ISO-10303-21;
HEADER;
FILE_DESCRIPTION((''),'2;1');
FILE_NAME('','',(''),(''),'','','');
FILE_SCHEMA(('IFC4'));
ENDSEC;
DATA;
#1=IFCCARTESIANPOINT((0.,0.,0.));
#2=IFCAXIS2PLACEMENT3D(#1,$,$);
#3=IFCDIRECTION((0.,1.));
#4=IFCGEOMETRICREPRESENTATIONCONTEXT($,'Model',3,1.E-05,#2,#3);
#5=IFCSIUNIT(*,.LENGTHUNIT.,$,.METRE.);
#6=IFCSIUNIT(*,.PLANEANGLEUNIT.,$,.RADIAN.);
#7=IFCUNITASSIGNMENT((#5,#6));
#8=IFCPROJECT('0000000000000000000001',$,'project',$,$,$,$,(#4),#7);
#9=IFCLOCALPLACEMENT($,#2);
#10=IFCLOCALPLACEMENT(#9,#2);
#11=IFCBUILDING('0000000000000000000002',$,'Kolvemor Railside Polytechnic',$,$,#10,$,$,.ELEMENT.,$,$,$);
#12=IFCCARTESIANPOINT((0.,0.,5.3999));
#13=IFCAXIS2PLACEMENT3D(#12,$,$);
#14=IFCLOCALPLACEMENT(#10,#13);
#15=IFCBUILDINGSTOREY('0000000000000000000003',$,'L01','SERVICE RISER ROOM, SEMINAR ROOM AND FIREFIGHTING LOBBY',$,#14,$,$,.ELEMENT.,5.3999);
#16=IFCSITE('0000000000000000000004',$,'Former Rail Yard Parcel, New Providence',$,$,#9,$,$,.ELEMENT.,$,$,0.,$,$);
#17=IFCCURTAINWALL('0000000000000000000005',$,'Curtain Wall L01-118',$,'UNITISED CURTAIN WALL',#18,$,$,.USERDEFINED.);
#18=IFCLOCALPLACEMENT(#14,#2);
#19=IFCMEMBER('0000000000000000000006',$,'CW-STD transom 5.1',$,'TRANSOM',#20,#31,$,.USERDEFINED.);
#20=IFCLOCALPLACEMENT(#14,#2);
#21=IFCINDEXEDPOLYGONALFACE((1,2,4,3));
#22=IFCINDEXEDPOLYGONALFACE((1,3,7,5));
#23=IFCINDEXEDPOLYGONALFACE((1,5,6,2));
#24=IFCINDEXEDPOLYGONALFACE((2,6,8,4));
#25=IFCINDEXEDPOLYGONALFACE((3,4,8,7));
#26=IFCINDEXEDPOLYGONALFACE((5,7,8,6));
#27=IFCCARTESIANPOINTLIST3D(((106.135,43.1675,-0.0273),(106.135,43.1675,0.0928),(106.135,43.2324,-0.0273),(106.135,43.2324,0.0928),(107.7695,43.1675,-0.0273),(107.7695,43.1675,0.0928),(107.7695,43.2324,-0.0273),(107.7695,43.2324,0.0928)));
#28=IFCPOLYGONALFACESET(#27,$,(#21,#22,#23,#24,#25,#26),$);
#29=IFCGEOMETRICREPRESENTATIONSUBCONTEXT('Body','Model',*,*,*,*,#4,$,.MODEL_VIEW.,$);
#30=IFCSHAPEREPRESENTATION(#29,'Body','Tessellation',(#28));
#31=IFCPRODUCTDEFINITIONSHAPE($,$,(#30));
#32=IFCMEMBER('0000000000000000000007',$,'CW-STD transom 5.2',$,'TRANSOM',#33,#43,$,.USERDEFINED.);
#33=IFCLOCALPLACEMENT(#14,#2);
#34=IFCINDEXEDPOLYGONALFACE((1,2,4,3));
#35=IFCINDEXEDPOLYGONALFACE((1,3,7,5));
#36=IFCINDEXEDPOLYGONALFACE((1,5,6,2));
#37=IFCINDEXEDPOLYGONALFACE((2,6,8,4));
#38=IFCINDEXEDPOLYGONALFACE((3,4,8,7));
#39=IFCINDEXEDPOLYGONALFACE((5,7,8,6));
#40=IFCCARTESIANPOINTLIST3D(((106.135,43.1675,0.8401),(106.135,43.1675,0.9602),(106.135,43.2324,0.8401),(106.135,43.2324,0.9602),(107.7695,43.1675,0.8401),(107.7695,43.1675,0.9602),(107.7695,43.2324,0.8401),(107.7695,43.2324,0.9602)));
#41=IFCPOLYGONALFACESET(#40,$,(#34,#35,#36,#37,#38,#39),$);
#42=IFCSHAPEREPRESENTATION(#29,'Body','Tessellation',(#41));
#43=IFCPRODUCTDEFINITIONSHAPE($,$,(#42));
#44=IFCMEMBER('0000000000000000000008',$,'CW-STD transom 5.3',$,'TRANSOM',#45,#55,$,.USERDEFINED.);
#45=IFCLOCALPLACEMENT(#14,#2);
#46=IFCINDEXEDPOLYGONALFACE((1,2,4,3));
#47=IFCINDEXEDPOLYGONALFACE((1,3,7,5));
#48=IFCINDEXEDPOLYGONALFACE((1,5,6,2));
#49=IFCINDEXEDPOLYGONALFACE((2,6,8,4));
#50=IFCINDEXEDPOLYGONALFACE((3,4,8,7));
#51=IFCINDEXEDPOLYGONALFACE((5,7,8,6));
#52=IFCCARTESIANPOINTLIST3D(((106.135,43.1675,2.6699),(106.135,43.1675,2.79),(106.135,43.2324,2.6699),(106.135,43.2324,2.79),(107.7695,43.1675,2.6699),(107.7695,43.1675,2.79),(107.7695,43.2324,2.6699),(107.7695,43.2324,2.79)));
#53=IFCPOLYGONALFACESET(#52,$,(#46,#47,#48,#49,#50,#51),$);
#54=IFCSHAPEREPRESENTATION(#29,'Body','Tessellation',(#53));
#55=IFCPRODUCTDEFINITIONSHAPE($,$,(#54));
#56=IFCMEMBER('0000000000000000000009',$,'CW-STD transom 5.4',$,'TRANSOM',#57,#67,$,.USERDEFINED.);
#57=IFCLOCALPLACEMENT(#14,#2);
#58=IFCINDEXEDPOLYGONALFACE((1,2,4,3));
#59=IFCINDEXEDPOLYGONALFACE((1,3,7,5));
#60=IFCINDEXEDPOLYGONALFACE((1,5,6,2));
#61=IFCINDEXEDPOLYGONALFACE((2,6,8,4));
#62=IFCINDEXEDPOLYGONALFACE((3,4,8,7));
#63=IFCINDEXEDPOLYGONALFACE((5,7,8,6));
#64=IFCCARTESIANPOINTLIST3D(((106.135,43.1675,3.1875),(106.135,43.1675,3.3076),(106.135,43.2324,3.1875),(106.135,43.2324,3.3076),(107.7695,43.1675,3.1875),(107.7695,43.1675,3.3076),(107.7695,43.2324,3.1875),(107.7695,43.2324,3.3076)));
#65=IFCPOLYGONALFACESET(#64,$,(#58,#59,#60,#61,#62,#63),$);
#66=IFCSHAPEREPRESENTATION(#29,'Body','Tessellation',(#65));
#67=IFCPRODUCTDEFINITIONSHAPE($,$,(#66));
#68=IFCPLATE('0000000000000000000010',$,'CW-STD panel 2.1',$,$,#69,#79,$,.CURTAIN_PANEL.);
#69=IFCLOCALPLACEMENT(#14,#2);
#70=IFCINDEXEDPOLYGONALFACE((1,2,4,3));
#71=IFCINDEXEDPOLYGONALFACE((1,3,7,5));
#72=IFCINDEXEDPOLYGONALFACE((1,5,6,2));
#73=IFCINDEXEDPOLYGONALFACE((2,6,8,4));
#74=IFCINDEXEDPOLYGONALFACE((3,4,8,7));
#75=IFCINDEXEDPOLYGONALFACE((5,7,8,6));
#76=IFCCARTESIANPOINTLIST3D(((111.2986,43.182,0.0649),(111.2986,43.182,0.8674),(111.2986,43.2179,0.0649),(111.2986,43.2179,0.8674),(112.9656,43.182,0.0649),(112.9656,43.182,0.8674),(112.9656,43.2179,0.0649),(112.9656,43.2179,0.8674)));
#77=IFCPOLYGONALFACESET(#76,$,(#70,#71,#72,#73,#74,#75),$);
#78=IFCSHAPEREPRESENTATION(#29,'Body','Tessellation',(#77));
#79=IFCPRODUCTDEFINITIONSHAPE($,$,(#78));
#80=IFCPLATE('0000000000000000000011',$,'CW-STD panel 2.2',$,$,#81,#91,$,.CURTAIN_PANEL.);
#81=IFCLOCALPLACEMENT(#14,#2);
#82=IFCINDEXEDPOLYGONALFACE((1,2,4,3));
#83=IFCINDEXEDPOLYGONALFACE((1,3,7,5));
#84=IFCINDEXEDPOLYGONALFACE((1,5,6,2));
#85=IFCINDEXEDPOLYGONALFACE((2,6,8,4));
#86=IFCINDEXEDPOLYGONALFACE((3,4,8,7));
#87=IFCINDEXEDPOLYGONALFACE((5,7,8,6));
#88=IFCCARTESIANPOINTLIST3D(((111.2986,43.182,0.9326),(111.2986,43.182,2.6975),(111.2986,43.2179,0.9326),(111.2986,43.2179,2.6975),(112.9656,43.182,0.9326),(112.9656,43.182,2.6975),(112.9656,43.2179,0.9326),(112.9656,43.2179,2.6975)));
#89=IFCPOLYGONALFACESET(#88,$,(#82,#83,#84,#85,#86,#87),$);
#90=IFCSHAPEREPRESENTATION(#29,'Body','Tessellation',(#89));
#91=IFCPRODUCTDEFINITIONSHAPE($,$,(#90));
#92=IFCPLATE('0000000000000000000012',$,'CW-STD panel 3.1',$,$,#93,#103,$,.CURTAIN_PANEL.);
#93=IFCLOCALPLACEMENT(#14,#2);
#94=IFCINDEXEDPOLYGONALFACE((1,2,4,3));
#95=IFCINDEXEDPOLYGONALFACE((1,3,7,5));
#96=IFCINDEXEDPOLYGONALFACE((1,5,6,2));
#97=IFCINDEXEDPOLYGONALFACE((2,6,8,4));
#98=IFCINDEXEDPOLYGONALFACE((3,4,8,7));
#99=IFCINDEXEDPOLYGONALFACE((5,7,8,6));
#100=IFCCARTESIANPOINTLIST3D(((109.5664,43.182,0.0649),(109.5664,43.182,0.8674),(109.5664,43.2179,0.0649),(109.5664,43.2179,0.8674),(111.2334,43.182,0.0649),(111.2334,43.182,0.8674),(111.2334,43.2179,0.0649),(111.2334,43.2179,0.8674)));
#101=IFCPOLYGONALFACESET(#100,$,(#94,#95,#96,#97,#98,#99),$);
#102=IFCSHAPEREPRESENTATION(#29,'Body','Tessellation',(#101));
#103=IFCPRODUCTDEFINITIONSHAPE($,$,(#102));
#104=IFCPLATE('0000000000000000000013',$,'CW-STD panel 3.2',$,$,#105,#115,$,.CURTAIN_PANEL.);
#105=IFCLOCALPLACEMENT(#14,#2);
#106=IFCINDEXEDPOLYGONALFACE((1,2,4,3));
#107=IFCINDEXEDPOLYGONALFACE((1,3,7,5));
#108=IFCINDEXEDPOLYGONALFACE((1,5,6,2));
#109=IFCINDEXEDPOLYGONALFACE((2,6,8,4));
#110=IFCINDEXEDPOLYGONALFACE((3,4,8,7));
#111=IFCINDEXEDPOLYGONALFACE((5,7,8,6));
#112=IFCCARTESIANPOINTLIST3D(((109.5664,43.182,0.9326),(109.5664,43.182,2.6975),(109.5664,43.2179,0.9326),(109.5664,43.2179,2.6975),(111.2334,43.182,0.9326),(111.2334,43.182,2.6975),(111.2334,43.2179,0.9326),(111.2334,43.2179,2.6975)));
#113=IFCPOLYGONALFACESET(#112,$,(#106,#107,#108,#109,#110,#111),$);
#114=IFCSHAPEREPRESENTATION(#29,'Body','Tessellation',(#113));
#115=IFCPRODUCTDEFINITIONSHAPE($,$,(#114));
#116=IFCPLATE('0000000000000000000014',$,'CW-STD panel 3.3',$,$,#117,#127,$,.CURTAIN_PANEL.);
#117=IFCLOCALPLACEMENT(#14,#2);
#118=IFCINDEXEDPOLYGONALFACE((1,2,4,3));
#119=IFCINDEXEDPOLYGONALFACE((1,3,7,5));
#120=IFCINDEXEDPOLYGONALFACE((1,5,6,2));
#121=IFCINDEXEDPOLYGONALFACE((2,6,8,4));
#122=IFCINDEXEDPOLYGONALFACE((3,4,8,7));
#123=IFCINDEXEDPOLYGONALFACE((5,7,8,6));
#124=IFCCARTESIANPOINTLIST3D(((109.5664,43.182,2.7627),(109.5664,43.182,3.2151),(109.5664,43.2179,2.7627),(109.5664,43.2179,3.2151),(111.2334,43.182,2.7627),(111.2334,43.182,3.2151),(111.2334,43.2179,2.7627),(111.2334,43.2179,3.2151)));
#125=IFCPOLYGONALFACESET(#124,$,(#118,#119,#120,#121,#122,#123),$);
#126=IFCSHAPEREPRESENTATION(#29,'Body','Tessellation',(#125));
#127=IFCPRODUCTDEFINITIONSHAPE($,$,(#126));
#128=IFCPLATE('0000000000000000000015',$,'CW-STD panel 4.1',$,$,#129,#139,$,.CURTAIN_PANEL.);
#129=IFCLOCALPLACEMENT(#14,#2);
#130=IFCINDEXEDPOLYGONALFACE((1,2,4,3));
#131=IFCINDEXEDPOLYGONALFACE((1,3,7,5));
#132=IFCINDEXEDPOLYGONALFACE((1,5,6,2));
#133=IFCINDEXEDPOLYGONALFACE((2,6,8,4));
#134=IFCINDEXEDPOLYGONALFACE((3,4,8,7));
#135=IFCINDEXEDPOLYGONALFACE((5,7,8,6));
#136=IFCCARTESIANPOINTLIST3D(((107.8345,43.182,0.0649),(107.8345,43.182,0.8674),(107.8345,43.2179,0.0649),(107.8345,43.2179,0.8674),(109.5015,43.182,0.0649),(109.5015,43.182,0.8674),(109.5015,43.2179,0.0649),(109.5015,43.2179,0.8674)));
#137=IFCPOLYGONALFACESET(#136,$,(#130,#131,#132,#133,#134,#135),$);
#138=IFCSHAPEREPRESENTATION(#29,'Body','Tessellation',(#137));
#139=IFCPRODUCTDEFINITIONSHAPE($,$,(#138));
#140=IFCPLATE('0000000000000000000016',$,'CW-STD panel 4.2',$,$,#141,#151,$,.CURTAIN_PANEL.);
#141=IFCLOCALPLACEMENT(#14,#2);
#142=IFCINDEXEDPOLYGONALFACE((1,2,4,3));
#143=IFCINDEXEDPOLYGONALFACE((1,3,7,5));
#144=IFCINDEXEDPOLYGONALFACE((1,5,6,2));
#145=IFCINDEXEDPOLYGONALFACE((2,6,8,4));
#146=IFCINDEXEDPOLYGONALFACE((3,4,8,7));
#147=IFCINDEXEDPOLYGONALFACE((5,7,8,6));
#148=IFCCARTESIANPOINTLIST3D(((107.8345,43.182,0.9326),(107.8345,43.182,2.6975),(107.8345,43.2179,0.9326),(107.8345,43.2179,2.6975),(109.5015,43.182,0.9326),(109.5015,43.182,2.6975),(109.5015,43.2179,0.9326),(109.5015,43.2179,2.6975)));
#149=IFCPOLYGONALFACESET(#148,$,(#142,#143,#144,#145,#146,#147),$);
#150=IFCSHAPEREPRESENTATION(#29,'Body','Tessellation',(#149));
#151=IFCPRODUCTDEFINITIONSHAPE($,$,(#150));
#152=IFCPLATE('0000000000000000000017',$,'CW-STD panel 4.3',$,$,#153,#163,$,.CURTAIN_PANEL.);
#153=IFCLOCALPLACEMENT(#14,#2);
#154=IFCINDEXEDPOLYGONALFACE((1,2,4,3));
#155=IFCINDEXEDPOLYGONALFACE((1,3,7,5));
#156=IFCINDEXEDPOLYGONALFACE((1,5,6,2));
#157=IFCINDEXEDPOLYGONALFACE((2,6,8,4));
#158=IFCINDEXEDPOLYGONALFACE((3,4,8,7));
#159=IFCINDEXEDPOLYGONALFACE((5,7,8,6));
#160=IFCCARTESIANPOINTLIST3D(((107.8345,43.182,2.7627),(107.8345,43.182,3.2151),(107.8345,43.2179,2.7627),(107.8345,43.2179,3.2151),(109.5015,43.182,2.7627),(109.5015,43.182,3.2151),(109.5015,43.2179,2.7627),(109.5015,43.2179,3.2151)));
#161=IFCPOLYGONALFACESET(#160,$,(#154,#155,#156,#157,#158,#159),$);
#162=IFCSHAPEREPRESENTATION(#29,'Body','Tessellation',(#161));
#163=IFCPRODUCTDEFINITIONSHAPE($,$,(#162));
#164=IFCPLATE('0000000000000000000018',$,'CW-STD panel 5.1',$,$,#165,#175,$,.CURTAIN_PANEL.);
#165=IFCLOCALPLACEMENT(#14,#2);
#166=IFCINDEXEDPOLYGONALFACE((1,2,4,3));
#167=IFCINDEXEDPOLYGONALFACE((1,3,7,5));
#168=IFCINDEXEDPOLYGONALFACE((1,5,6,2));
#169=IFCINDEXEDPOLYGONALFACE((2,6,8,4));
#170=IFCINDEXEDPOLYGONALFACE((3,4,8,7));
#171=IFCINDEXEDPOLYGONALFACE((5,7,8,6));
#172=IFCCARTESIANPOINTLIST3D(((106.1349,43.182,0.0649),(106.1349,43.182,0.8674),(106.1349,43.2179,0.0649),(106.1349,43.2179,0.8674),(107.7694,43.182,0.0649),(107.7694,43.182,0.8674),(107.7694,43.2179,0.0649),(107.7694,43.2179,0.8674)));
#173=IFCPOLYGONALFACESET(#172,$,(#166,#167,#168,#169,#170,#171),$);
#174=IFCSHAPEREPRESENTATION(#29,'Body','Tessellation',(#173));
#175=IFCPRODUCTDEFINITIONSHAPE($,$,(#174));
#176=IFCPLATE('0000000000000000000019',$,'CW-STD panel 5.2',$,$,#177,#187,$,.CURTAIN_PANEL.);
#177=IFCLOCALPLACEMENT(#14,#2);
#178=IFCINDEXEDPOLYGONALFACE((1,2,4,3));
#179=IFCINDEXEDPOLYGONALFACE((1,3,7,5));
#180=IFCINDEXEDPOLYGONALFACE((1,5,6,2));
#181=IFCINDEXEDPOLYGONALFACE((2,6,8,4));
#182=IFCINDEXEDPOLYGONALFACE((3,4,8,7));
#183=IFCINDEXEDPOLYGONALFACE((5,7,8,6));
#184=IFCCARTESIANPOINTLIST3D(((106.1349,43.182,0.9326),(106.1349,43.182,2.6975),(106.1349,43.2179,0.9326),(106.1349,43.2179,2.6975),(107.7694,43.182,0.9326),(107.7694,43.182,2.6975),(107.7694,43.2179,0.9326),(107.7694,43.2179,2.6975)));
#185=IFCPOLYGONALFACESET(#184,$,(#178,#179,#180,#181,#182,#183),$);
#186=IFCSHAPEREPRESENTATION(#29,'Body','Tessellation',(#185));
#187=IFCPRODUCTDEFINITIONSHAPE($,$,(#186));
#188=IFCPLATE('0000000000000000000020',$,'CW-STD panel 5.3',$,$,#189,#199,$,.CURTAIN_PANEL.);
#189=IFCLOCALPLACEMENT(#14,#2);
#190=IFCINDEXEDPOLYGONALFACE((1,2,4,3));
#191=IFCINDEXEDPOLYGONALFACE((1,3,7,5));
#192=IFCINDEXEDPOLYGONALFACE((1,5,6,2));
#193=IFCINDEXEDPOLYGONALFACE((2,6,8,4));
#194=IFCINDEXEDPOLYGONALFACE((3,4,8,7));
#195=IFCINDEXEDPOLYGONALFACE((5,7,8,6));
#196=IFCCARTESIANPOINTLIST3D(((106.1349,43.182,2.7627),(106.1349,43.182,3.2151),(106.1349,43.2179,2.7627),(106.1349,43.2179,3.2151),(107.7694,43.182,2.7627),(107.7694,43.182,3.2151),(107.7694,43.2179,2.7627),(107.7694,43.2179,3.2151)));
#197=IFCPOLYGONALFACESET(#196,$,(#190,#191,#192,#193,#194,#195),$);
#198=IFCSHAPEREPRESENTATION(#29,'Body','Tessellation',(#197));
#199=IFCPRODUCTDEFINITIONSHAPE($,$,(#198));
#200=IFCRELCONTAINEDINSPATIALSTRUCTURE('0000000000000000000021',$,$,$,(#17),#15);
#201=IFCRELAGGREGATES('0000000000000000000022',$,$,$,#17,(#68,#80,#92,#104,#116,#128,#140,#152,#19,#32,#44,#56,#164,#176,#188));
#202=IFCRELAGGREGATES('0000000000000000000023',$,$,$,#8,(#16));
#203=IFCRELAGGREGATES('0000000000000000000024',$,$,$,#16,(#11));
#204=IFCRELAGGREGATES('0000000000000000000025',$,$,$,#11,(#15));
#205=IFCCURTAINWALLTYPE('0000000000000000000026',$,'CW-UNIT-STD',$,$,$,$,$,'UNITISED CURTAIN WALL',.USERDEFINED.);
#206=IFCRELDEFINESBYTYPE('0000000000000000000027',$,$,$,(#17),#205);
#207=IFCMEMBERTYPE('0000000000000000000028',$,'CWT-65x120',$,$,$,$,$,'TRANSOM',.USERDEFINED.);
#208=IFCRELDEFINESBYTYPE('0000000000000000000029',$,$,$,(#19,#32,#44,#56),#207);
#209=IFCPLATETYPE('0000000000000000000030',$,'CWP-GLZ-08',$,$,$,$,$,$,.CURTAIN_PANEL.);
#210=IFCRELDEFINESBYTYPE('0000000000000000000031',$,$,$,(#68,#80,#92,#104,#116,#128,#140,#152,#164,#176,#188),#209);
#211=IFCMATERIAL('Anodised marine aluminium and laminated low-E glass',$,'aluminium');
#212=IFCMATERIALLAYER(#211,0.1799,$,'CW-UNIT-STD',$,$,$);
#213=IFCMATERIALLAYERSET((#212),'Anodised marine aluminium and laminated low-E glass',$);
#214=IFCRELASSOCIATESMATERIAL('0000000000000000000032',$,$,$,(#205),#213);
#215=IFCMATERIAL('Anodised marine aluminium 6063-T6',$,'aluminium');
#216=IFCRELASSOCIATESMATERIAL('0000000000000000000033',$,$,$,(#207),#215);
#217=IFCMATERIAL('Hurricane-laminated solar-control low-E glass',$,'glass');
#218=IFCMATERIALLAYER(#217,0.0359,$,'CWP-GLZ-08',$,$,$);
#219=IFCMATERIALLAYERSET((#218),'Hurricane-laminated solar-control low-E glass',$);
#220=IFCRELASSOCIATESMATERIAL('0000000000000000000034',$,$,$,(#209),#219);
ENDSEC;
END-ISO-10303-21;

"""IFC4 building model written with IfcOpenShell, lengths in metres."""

from ifc_helpers import new_model, si_unit, direction, frame, origin, origin_2d, place, context, subcontext, project, spatial, rectangle, extrude, material, layer, layer_set, material_profile, profile_set, type_object, element, aggregate, save


model = new_model("IFC4")

# Units and contexts
model_context = context("Model", 3, precision=1e-05, world=origin(), true_north=direction((0.0, 1.0)))
body_context = subcontext(model_context, "Body", "Model", "MODEL_VIEW")
ifc_project = project(units=[si_unit("LENGTHUNIT", "METRE"), si_unit("PLANEANGLEUNIT", "RADIAN")], contexts=[model_context])

# Site, building, storey
site_placement = place(None, origin())
site = spatial("IfcSite", under=ifc_project, at=site_placement, Name="Former Rail Yard Parcel, New Providence", CompositionType="ELEMENT", RefElevation=0.0)
building_placement = place(site_placement, origin())
building = spatial("IfcBuilding", under=site, at=building_placement, Name="Kolvemor Railside Polytechnic", CompositionType="ELEMENT")
storey_placement = place(building_placement, frame((0.0, 0.0, 5.3999)))
storey = spatial("IfcBuildingStorey", under=building, at=storey_placement, Name="L01", Description="SERVICE RISER ROOM, SEMINAR ROOM AND FIREFIGHTING LOBBY", CompositionType="ELEMENT", Elevation=5.3999)

# Curtain wall, members, plates
ifc_material_1 = material(Name="Anodised marine aluminium and laminated low-E glass", Category="aluminium")
ifc_layer_1 = layer(ifc_material_1, 0.1799, Name="CW-UNIT-STD")
ifc_layer_set_1 = layer_set([ifc_layer_1], Name="Anodised marine aluminium and laminated low-E glass")
curtain_wall_type = type_object("IfcCurtainWallType", Name="CW-UNIT-STD", ElementType="UNITISED CURTAIN WALL", PredefinedType="USERDEFINED", material=ifc_layer_set_1)
curtain_wall_placement = place(storey_placement, origin())
curtain_wall = element("IfcCurtainWall", 1, at=curtain_wall_placement, inside=storey, type_object=curtain_wall_type, Name="Curtain Wall L01-118", ObjectType="UNITISED CURTAIN WALL", PredefinedType="USERDEFINED")
ifc_material_2 = material(Name="Anodised marine aluminium 6063-T6", Category="aluminium")
ifc_material_profile_1 = material_profile(ifc_material_2, rectangle(XDim=0.0649, YDim=0.1201, at=origin_2d()), Name="CW-TRN-65x120")
ifc_profile_set_1 = profile_set([ifc_material_profile_1], Name="Anodised marine aluminium 6063-T6")
member_type_1 = type_object("IfcMemberType", Name="CWT-65x120", ElementType="TRANSOM", PredefinedType="USERDEFINED", material=ifc_profile_set_1)
member_1_placement = place(storey_placement, frame((107.7695, 43.2, 0.0327), z_axis=(-1.0, 0.0, 0.0), x_axis=(0.0, -1.0, 0.0)))
member_1 = element("IfcMember", 2, at=member_1_placement, type_object=member_type_1, Name="CW-STD transom 5.1", ObjectType="TRANSOM", PredefinedType="USERDEFINED", context=body_context, shape_type="SweptSolid", body=[
    extrude(rectangle(XDim=0.0649, YDim=0.1201, at=origin_2d()), origin(), (0.0, 0.0, 1.0), 1.6345),
])
member_2_placement = place(storey_placement, frame((107.7695, 43.2, 0.9001), z_axis=(-1.0, 0.0, 0.0), x_axis=(0.0, -1.0, 0.0)))
member_2 = element("IfcMember", 3, at=member_2_placement, type_object=member_type_1, Name="CW-STD transom 5.2", ObjectType="TRANSOM", PredefinedType="USERDEFINED", context=body_context, shape_type="SweptSolid", body=[
    extrude(rectangle(XDim=0.0649, YDim=0.1201, at=origin_2d()), origin(), (0.0, 0.0, 1.0), 1.6345),
])
member_3_placement = place(storey_placement, frame((107.7695, 43.2, 2.73), z_axis=(-1.0, 0.0, 0.0), x_axis=(0.0, -1.0, 0.0)))
member_3 = element("IfcMember", 4, at=member_3_placement, type_object=member_type_1, Name="CW-STD transom 5.3", ObjectType="TRANSOM", PredefinedType="USERDEFINED", context=body_context, shape_type="SweptSolid", body=[
    extrude(rectangle(XDim=0.0649, YDim=0.1201, at=origin_2d()), origin(), (0.0, 0.0, 1.0), 1.6345),
])
member_4_placement = place(storey_placement, frame((107.7695, 43.2, 3.2476), z_axis=(-1.0, 0.0, 0.0), x_axis=(0.0, -1.0, 0.0)))
member_4 = element("IfcMember", 5, at=member_4_placement, type_object=member_type_1, Name="CW-STD transom 5.4", ObjectType="TRANSOM", PredefinedType="USERDEFINED", context=body_context, shape_type="SweptSolid", body=[
    extrude(rectangle(XDim=0.0649, YDim=0.1201, at=origin_2d()), origin(), (0.0, 0.0, 1.0), 1.6345),
])
ifc_material_3 = material(Name="Hurricane-laminated solar-control low-E glass", Category="glass")
ifc_layer_2 = layer(ifc_material_3, 0.0359, Name="CWP-GLZ-08")
ifc_layer_set_2 = layer_set([ifc_layer_2], Name="Hurricane-laminated solar-control low-E glass")
plate_type = type_object("IfcPlateType", Name="CWP-GLZ-08", PredefinedType="CURTAIN_PANEL", material=ifc_layer_set_2)
plate_1_placement = place(storey_placement, frame((112.1321, 43.2, 0.0649), z_axis=(0.0, 0.0, 1.0), x_axis=(-1.0, 0.0, 0.0)))
plate_1 = element("IfcPlate", 6, at=plate_1_placement, type_object=plate_type, Name="CW-STD panel 2.1", PredefinedType="CURTAIN_PANEL", context=body_context, shape_type="SweptSolid", body=[
    extrude(rectangle(XDim=1.667, YDim=0.0359, at=origin_2d()), origin(), (0.0, 0.0, 1.0), 0.8025),
])
plate_2_placement = place(storey_placement, frame((112.1321, 43.2, 0.9326), z_axis=(0.0, 0.0, 1.0), x_axis=(-1.0, 0.0, 0.0)))
plate_2 = element("IfcPlate", 7, at=plate_2_placement, type_object=plate_type, Name="CW-STD panel 2.2", PredefinedType="CURTAIN_PANEL", context=body_context, shape_type="SweptSolid", body=[
    extrude(rectangle(XDim=1.667, YDim=0.0359, at=origin_2d()), origin(), (0.0, 0.0, 1.0), 1.7649),
])
plate_3_placement = place(storey_placement, frame((110.3999, 43.2, 0.0649), z_axis=(0.0, 0.0, 1.0), x_axis=(-1.0, 0.0, 0.0)))
plate_3 = element("IfcPlate", 8, at=plate_3_placement, type_object=plate_type, Name="CW-STD panel 3.1", PredefinedType="CURTAIN_PANEL", context=body_context, shape_type="SweptSolid", body=[
    extrude(rectangle(XDim=1.667, YDim=0.0359, at=origin_2d()), origin(), (0.0, 0.0, 1.0), 0.8025),
])
plate_4_placement = place(storey_placement, frame((110.3999, 43.2, 0.9326), z_axis=(0.0, 0.0, 1.0), x_axis=(-1.0, 0.0, 0.0)))
plate_4 = element("IfcPlate", 9, at=plate_4_placement, type_object=plate_type, Name="CW-STD panel 3.2", PredefinedType="CURTAIN_PANEL", context=body_context, shape_type="SweptSolid", body=[
    extrude(rectangle(XDim=1.667, YDim=0.0359, at=origin_2d()), origin(), (0.0, 0.0, 1.0), 1.7649),
])
plate_5_placement = place(storey_placement, frame((110.3999, 43.2, 2.7627), z_axis=(0.0, 0.0, 1.0), x_axis=(-1.0, 0.0, 0.0)))
plate_5 = element("IfcPlate", 10, at=plate_5_placement, type_object=plate_type, Name="CW-STD panel 3.3", PredefinedType="CURTAIN_PANEL", context=body_context, shape_type="SweptSolid", body=[
    extrude(rectangle(XDim=1.667, YDim=0.0359, at=origin_2d()), origin(), (0.0, 0.0, 1.0), 0.4524),
])
plate_6_placement = place(storey_placement, frame((108.668, 43.2, 0.0649), z_axis=(0.0, 0.0, 1.0), x_axis=(-1.0, 0.0, 0.0)))
plate_6 = element("IfcPlate", 11, at=plate_6_placement, type_object=plate_type, Name="CW-STD panel 4.1", PredefinedType="CURTAIN_PANEL", context=body_context, shape_type="SweptSolid", body=[
    extrude(rectangle(XDim=1.667, YDim=0.0359, at=origin_2d()), origin(), (0.0, 0.0, 1.0), 0.8025),
])
plate_7_placement = place(storey_placement, frame((108.668, 43.2, 0.9326), z_axis=(0.0, 0.0, 1.0), x_axis=(-1.0, 0.0, 0.0)))
plate_7 = element("IfcPlate", 12, at=plate_7_placement, type_object=plate_type, Name="CW-STD panel 4.2", PredefinedType="CURTAIN_PANEL", context=body_context, shape_type="SweptSolid", body=[
    extrude(rectangle(XDim=1.667, YDim=0.0359, at=origin_2d()), origin(), (0.0, 0.0, 1.0), 1.7649),
])
plate_8_placement = place(storey_placement, frame((108.668, 43.2, 2.7627), z_axis=(0.0, 0.0, 1.0), x_axis=(-1.0, 0.0, 0.0)))
plate_8 = element("IfcPlate", 13, at=plate_8_placement, type_object=plate_type, Name="CW-STD panel 4.3", PredefinedType="CURTAIN_PANEL", context=body_context, shape_type="SweptSolid", body=[
    extrude(rectangle(XDim=1.667, YDim=0.0359, at=origin_2d()), origin(), (0.0, 0.0, 1.0), 0.4524),
])
plate_9_placement = place(storey_placement, frame((106.9521, 43.2, 0.0649), z_axis=(0.0, 0.0, 1.0), x_axis=(-1.0, 0.0, 0.0)))
plate_9 = element("IfcPlate", 14, at=plate_9_placement, type_object=plate_type, Name="CW-STD panel 5.1", PredefinedType="CURTAIN_PANEL", context=body_context, shape_type="SweptSolid", body=[
    extrude(rectangle(XDim=1.6345, YDim=0.0359, at=origin_2d()), origin(), (0.0, 0.0, 1.0), 0.8025),
])
plate_10_placement = place(storey_placement, frame((106.9521, 43.2, 0.9326), z_axis=(0.0, 0.0, 1.0), x_axis=(-1.0, 0.0, 0.0)))
plate_10 = element("IfcPlate", 15, at=plate_10_placement, type_object=plate_type, Name="CW-STD panel 5.2", PredefinedType="CURTAIN_PANEL", context=body_context, shape_type="SweptSolid", body=[
    extrude(rectangle(XDim=1.6345, YDim=0.0359, at=origin_2d()), origin(), (0.0, 0.0, 1.0), 1.7649),
])
plate_11_placement = place(storey_placement, frame((106.9521, 43.2, 2.7627), z_axis=(0.0, 0.0, 1.0), x_axis=(-1.0, 0.0, 0.0)))
plate_11 = element("IfcPlate", 16, at=plate_11_placement, type_object=plate_type, Name="CW-STD panel 5.3", PredefinedType="CURTAIN_PANEL", context=body_context, shape_type="SweptSolid", body=[
    extrude(rectangle(XDim=1.6345, YDim=0.0359, at=origin_2d()), origin(), (0.0, 0.0, 1.0), 0.4524),
])
aggregate(curtain_wall, [plate_1, plate_2, plate_3, plate_4, plate_5, plate_6, plate_7, plate_8, member_1, member_2, member_3, member_4, plate_9, plate_10, plate_11])

save(model, "model.ifc")
